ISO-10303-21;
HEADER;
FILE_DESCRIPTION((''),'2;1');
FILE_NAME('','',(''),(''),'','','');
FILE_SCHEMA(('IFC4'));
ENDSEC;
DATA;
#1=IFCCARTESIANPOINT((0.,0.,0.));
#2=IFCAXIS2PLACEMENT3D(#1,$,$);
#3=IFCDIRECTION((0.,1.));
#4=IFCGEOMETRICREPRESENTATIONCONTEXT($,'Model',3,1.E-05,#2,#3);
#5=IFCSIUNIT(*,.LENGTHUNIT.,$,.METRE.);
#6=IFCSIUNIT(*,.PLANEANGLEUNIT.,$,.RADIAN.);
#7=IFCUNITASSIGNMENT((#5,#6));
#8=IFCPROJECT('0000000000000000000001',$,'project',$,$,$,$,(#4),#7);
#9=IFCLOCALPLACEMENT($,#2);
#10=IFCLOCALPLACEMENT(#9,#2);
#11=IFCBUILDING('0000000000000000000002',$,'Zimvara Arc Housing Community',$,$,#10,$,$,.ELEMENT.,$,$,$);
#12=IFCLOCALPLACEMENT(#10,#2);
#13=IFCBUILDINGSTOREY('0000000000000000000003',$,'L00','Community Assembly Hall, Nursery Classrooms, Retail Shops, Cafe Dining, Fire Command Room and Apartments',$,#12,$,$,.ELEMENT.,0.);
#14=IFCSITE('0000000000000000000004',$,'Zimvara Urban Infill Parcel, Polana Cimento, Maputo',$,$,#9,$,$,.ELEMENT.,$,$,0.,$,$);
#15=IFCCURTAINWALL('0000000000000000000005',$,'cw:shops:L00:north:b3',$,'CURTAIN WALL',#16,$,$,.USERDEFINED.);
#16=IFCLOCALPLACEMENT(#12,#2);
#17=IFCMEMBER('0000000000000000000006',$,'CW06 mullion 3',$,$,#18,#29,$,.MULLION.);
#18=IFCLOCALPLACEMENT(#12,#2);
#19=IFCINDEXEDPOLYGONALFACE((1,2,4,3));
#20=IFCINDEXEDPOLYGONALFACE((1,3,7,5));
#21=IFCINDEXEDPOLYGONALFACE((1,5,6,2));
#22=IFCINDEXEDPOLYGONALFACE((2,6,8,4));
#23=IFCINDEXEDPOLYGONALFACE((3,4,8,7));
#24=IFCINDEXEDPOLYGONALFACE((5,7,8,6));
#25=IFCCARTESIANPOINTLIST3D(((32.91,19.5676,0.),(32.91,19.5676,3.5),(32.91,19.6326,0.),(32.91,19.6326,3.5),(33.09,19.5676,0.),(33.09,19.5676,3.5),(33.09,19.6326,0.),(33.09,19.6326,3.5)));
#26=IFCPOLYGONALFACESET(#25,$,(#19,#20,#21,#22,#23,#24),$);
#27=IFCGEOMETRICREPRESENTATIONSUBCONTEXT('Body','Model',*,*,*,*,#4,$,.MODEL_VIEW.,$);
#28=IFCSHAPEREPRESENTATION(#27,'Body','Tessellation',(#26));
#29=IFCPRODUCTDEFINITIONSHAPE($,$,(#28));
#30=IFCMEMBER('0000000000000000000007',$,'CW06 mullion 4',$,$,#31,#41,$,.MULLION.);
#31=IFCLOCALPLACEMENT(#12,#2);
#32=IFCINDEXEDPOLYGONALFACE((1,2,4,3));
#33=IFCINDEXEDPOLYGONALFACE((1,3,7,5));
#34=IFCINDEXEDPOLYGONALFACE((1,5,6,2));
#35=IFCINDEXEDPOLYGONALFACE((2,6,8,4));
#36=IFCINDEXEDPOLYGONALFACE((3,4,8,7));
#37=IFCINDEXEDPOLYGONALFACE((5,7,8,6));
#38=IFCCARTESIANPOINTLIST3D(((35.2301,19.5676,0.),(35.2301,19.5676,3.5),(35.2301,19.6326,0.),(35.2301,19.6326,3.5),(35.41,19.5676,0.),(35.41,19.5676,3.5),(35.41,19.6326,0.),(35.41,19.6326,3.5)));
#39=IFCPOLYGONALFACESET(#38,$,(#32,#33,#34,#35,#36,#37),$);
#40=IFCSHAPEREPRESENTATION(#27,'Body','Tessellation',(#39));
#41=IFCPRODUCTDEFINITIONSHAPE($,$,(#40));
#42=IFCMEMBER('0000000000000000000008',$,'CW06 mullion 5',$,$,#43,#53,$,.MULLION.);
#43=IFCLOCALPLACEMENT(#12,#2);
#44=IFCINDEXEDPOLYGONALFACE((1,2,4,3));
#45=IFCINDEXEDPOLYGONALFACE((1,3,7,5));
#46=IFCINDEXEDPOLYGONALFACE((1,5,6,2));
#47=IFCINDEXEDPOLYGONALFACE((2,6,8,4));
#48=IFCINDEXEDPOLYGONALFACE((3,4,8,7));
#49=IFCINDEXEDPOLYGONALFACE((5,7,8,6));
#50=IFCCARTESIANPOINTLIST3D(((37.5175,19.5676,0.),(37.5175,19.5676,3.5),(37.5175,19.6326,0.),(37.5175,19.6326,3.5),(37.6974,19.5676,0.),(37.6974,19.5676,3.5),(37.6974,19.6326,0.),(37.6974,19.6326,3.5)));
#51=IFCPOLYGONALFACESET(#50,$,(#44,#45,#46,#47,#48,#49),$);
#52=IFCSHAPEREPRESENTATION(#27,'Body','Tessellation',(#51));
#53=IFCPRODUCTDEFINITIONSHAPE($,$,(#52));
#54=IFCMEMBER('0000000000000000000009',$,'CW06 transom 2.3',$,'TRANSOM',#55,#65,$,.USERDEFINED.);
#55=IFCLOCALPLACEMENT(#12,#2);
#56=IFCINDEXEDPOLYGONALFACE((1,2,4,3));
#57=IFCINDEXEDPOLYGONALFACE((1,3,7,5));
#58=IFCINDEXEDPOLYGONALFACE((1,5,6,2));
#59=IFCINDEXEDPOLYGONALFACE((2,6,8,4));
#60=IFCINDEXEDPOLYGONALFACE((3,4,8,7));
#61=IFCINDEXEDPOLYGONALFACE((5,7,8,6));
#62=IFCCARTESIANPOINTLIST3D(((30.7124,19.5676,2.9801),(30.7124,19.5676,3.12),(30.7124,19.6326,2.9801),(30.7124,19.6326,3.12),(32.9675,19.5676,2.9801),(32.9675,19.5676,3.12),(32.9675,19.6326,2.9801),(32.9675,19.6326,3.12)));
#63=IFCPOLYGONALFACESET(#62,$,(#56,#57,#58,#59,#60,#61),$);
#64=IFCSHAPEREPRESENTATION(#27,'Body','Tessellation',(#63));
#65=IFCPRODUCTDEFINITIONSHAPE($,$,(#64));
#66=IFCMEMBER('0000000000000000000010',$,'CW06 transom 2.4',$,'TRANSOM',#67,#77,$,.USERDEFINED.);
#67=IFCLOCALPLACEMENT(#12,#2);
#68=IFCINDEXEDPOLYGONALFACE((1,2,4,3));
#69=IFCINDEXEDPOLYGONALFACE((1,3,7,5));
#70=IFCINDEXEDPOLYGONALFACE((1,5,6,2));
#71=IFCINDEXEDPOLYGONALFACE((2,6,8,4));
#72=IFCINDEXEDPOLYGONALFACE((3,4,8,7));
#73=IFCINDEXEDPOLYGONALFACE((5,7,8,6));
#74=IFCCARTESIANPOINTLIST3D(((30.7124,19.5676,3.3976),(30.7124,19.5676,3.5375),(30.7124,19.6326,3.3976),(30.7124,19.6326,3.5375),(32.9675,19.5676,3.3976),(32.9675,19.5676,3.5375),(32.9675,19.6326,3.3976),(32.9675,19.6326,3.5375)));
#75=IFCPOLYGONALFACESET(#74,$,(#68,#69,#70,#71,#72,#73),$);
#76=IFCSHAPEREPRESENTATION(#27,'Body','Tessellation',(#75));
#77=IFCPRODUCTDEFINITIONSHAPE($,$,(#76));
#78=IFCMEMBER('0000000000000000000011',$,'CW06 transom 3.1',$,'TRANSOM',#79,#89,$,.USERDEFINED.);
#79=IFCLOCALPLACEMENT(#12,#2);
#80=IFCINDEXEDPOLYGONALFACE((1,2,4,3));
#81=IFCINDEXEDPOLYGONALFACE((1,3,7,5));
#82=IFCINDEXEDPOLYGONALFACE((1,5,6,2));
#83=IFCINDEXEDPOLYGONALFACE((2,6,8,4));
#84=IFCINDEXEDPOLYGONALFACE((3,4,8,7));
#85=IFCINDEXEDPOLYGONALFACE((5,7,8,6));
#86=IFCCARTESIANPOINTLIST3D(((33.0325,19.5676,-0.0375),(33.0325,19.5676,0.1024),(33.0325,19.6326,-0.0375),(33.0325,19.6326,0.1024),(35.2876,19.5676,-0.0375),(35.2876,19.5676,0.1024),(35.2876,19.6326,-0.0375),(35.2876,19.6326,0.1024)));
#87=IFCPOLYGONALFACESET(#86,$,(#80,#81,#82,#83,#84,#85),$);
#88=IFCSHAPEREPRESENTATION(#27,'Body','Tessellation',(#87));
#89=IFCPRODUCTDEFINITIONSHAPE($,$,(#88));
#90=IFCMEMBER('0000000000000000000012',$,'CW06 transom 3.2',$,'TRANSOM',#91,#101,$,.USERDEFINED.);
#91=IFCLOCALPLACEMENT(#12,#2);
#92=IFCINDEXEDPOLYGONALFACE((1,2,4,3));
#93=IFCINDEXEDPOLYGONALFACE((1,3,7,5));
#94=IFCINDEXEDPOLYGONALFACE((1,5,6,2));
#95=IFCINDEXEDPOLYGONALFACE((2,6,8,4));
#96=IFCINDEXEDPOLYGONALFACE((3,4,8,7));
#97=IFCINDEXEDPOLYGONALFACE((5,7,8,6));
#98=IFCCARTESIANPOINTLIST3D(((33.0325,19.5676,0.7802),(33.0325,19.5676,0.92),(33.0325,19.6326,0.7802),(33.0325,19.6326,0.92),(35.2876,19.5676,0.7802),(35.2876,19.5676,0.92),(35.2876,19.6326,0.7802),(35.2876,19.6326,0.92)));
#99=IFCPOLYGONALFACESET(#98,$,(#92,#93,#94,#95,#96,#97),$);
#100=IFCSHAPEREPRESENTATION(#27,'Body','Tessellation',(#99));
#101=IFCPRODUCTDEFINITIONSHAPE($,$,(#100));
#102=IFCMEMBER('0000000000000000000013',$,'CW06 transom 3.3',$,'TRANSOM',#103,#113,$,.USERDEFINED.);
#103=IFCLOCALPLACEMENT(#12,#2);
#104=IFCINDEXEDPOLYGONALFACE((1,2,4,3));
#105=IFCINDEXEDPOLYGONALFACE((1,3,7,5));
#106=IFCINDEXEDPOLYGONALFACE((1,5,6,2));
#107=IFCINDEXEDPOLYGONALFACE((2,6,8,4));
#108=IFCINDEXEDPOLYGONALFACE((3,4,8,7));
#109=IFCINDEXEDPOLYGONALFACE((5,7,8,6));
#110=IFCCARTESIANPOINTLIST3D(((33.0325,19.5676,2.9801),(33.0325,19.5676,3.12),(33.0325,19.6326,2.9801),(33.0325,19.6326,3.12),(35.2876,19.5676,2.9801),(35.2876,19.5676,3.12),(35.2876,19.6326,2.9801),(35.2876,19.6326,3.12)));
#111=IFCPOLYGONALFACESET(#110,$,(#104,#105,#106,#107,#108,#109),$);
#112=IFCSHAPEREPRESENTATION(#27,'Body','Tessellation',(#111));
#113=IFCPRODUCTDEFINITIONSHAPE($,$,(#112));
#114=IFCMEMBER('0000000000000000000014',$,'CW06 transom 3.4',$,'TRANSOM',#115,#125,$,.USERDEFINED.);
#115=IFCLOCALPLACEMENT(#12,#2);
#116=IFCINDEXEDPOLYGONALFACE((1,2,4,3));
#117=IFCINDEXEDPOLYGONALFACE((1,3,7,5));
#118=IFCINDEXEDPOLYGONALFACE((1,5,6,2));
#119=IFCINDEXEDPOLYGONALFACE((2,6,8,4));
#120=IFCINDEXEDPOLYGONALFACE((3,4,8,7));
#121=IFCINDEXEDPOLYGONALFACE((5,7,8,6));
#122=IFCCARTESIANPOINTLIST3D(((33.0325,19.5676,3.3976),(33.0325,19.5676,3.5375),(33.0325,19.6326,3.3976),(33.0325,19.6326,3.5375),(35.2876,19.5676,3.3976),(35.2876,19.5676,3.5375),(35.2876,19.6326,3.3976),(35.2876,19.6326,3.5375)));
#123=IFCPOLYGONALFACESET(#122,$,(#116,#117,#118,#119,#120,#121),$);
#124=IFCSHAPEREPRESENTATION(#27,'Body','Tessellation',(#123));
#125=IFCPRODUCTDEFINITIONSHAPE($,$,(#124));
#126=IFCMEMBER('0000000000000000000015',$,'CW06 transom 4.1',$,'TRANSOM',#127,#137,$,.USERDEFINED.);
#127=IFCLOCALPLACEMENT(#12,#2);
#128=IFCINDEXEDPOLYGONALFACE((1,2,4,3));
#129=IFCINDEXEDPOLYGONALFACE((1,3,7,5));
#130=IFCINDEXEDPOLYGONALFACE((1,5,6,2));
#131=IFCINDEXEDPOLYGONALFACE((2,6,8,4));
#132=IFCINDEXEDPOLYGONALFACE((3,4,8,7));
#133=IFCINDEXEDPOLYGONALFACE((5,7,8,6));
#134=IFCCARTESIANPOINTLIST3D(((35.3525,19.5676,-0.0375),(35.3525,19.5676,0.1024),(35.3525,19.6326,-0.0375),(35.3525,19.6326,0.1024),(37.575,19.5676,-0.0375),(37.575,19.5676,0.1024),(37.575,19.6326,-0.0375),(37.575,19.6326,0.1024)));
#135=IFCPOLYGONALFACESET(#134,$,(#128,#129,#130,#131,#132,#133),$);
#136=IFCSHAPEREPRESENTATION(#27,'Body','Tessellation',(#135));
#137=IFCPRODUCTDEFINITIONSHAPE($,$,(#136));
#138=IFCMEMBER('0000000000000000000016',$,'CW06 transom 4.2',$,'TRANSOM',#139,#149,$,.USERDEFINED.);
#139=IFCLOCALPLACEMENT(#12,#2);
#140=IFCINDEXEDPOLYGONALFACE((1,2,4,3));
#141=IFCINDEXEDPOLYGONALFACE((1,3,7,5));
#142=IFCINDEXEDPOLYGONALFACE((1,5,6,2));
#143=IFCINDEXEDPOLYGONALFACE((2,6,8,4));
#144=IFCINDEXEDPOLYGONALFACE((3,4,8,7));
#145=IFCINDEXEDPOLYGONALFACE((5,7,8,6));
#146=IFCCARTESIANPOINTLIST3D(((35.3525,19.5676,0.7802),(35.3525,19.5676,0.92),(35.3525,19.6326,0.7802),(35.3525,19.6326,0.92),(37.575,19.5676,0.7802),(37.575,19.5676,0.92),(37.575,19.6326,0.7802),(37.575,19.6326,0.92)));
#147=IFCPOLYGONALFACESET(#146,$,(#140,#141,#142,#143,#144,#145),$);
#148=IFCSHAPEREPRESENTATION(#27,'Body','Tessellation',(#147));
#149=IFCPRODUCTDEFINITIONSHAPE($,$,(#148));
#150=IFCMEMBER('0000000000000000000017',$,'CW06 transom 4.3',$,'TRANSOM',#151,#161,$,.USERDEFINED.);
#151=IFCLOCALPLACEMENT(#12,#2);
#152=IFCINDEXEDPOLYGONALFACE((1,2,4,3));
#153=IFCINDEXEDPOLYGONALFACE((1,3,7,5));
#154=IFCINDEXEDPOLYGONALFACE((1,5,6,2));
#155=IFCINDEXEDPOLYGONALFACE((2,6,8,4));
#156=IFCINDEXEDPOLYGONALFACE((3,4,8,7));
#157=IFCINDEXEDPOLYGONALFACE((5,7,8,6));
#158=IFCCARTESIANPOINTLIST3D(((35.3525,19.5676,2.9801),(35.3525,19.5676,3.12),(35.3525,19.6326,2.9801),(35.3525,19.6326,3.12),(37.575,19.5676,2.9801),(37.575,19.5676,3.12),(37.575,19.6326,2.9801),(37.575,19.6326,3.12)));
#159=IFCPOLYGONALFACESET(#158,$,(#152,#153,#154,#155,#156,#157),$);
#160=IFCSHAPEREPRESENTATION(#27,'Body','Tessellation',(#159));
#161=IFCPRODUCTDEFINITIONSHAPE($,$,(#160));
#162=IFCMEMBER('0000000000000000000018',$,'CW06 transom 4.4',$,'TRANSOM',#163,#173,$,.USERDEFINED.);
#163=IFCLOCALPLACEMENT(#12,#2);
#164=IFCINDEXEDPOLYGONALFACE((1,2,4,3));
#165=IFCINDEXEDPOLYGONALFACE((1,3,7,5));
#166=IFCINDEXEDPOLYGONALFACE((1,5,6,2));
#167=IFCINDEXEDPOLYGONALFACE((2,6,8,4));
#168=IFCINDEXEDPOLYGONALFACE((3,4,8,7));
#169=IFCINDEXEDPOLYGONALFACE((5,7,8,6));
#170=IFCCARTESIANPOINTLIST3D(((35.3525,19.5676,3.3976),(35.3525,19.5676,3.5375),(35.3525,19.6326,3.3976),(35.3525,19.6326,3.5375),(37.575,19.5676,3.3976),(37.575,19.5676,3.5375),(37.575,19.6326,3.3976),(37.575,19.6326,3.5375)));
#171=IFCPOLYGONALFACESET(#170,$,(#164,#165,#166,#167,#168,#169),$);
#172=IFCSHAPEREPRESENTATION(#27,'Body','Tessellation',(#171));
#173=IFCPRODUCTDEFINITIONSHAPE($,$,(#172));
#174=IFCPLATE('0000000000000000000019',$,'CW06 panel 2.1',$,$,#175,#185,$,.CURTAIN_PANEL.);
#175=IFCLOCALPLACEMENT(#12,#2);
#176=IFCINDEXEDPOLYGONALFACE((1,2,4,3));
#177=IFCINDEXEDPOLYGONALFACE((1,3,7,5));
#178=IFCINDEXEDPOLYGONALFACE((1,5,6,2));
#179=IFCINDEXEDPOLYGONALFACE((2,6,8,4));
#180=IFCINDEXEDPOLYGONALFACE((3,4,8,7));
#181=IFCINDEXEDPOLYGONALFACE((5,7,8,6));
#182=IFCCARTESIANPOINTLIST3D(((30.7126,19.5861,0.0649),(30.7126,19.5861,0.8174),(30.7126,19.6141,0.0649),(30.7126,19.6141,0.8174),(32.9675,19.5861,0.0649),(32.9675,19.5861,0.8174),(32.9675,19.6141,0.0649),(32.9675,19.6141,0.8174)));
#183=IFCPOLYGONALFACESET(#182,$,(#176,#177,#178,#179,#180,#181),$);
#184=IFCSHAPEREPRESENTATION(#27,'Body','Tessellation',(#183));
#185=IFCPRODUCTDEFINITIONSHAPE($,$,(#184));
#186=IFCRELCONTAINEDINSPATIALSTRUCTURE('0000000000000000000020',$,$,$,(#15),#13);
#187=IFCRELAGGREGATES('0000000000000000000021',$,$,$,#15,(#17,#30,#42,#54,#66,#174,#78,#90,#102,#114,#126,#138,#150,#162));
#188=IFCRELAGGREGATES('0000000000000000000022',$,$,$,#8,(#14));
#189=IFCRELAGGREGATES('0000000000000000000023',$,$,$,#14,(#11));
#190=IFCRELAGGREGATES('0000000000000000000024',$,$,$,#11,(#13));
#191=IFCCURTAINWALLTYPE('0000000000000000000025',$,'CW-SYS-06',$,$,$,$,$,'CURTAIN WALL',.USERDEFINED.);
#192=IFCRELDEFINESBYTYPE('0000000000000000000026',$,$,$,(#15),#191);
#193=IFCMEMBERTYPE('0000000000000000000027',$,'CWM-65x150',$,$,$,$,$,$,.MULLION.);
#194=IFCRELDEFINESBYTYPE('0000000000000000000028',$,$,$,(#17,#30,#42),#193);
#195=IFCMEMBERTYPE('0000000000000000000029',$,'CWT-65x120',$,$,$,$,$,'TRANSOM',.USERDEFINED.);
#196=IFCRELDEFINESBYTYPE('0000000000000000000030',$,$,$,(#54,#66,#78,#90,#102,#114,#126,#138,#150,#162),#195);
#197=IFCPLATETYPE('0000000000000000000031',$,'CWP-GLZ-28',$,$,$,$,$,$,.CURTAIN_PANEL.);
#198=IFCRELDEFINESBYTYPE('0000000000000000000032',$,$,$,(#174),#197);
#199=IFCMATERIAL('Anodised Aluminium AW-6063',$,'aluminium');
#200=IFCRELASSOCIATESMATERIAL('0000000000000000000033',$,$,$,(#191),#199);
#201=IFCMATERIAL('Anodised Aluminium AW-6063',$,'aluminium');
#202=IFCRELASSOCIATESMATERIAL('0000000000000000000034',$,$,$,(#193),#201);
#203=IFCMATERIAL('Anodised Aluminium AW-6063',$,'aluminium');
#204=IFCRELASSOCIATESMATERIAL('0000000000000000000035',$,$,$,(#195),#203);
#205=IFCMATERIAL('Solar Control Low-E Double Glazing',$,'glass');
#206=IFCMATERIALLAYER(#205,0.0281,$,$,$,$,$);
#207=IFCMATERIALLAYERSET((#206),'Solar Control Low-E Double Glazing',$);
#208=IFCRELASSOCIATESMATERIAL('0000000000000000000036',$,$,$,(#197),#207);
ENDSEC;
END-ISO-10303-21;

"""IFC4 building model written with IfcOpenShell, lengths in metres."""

from ifc_helpers import new_model, si_unit, direction, frame, origin, origin_2d, place, context, subcontext, project, spatial, rectangle, extrude, material, layer, layer_set, material_profile, profile_set, type_object, element, aggregate, save


model = new_model("IFC4")

# Units and contexts
model_context = context("Model", 3, precision=1e-05, world=origin(), true_north=direction((0.0, 1.0)))
body_context = subcontext(model_context, "Body", "Model", "MODEL_VIEW")
ifc_project = project(units=[si_unit("LENGTHUNIT", "METRE"), si_unit("PLANEANGLEUNIT", "RADIAN")], contexts=[model_context])

# Site, building, storey
site_placement = place(None, origin())
site = spatial("IfcSite", under=ifc_project, at=site_placement, Name="Zimvara Urban Infill Parcel, Polana Cimento, Maputo", CompositionType="ELEMENT", RefElevation=0.0)
building_placement = place(site_placement, origin())
building = spatial("IfcBuilding", under=site, at=building_placement, Name="Zimvara Arc Housing Community", CompositionType="ELEMENT")
storey_placement = place(building_placement, origin())
storey = spatial("IfcBuildingStorey", under=building, at=storey_placement, Name="L00", Description="Community Assembly Hall, Nursery Classrooms, Retail Shops, Cafe Dining, Fire Command Room and Apartments", CompositionType="ELEMENT", Elevation=0.0)

# Curtain wall, members, plate
ifc_material_1 = material(Name="Anodised Aluminium AW-6063", Category="aluminium")
curtain_wall_type = type_object("IfcCurtainWallType", Name="CW-SYS-06", ElementType="CURTAIN WALL", PredefinedType="USERDEFINED", material=ifc_material_1)
curtain_wall_placement = place(storey_placement, origin())
curtain_wall = element("IfcCurtainWall", 1, at=curtain_wall_placement, inside=storey, type_object=curtain_wall_type, Name="cw:shops:L00:north:b3", ObjectType="CURTAIN WALL", PredefinedType="USERDEFINED")
ifc_material_2 = material(Name="Anodised Aluminium AW-6063", Category="aluminium")
ifc_material_profile_1 = material_profile(ifc_material_2, rectangle(XDim=0.0649, YDim=0.1799, at=origin_2d()), Name="ALU 65x180")
ifc_profile_set_1 = profile_set([ifc_material_profile_1], Name="Anodised Aluminium AW-6063")
member_type_1 = type_object("IfcMemberType", Name="CWM-65x150", PredefinedType="MULLION", material=ifc_profile_set_1)
member_1_placement = place(storey_placement, frame((33.0, 19.6001, 0.0), z_axis=(0.0, 0.0, 1.0), x_axis=(0.0, 1.0, 0.0)))
member_1 = element("IfcMember", 2, at=member_1_placement, type_object=member_type_1, Name="CW06 mullion 3", PredefinedType="MULLION", context=body_context, shape_type="SweptSolid", body=[
    extrude(rectangle(XDim=0.0649, YDim=0.1799, at=origin_2d()), origin(), (0.0, 0.0, 1.0), 3.5),
])
member_2_placement = place(storey_placement, frame((35.3201, 19.6001, 0.0), z_axis=(0.0, 0.0, 1.0), x_axis=(0.0, 1.0, 0.0)))
member_2 = element("IfcMember", 3, at=member_2_placement, type_object=member_type_1, Name="CW06 mullion 4", PredefinedType="MULLION", context=body_context, shape_type="SweptSolid", body=[
    extrude(rectangle(XDim=0.0649, YDim=0.1799, at=origin_2d()), origin(), (0.0, 0.0, 1.0), 3.5),
])
member_3_placement = place(storey_placement, frame((37.6074, 19.6001, 0.0), z_axis=(0.0, 0.0, 1.0), x_axis=(0.0, 1.0, 0.0)))
member_3 = element("IfcMember", 4, at=member_3_placement, type_object=member_type_1, Name="CW06 mullion 5", PredefinedType="MULLION", context=body_context, shape_type="SweptSolid", body=[
    extrude(rectangle(XDim=0.0649, YDim=0.1799, at=origin_2d()), origin(), (0.0, 0.0, 1.0), 3.5),
])
ifc_material_3 = material(Name="Anodised Aluminium AW-6063", Category="aluminium")
ifc_material_profile_2 = material_profile(ifc_material_3, rectangle(XDim=0.0649, YDim=0.1399, at=origin_2d()), Name="ALU 65x140")
ifc_profile_set_2 = profile_set([ifc_material_profile_2], Name="Anodised Aluminium AW-6063")
member_type_2 = type_object("IfcMemberType", Name="CWT-65x120", ElementType="TRANSOM", PredefinedType="USERDEFINED", material=ifc_profile_set_2)
member_4_placement = place(storey_placement, frame((30.7124, 19.6001, 3.05), z_axis=(1.0, 0.0, 0.0), x_axis=(0.0, 1.0, 0.0)))
member_4 = element("IfcMember", 5, at=member_4_placement, type_object=member_type_2, Name="CW06 transom 2.3", ObjectType="TRANSOM", PredefinedType="USERDEFINED", context=body_context, shape_type="SweptSolid", body=[
    extrude(rectangle(XDim=0.0649, YDim=0.1399, at=origin_2d()), origin(), (0.0, 0.0, 1.0), 2.2551),
])
member_5_placement = place(storey_placement, frame((30.7124, 19.6001, 3.4675), z_axis=(1.0, 0.0, 0.0), x_axis=(0.0, 1.0, 0.0)))
member_5 = element("IfcMember", 6, at=member_5_placement, type_object=member_type_2, Name="CW06 transom 2.4", ObjectType="TRANSOM", PredefinedType="USERDEFINED", context=body_context, shape_type="SweptSolid", body=[
    extrude(rectangle(XDim=0.0649, YDim=0.1399, at=origin_2d()), origin(), (0.0, 0.0, 1.0), 2.2551),
])
member_6_placement = place(storey_placement, frame((33.0325, 19.6001, 0.0325), z_axis=(1.0, 0.0, 0.0), x_axis=(0.0, 1.0, 0.0)))
member_6 = element("IfcMember", 7, at=member_6_placement, type_object=member_type_2, Name="CW06 transom 3.1", ObjectType="TRANSOM", PredefinedType="USERDEFINED", context=body_context, shape_type="SweptSolid", body=[
    extrude(rectangle(XDim=0.0649, YDim=0.1399, at=origin_2d()), origin(), (0.0, 0.0, 1.0), 2.2551),
])
member_7_placement = place(storey_placement, frame((33.0325, 19.6001, 0.8501), z_axis=(1.0, 0.0, 0.0), x_axis=(0.0, 1.0, 0.0)))
member_7 = element("IfcMember", 8, at=member_7_placement, type_object=member_type_2, Name="CW06 transom 3.2", ObjectType="TRANSOM", PredefinedType="USERDEFINED", context=body_context, shape_type="SweptSolid", body=[
    extrude(rectangle(XDim=0.0649, YDim=0.1399, at=origin_2d()), origin(), (0.0, 0.0, 1.0), 2.2551),
])
member_8_placement = place(storey_placement, frame((33.0325, 19.6001, 3.05), z_axis=(1.0, 0.0, 0.0), x_axis=(0.0, 1.0, 0.0)))
member_8 = element("IfcMember", 9, at=member_8_placement, type_object=member_type_2, Name="CW06 transom 3.3", ObjectType="TRANSOM", PredefinedType="USERDEFINED", context=body_context, shape_type="SweptSolid", body=[
    extrude(rectangle(XDim=0.0649, YDim=0.1399, at=origin_2d()), origin(), (0.0, 0.0, 1.0), 2.2551),
])
member_9_placement = place(storey_placement, frame((33.0325, 19.6001, 3.4675), z_axis=(1.0, 0.0, 0.0), x_axis=(0.0, 1.0, 0.0)))
member_9 = element("IfcMember", 10, at=member_9_placement, type_object=member_type_2, Name="CW06 transom 3.4", ObjectType="TRANSOM", PredefinedType="USERDEFINED", context=body_context, shape_type="SweptSolid", body=[
    extrude(rectangle(XDim=0.0649, YDim=0.1399, at=origin_2d()), origin(), (0.0, 0.0, 1.0), 2.2551),
])
member_10_placement = place(storey_placement, frame((35.3525, 19.6001, 0.0325), z_axis=(1.0, 0.0, 0.0), x_axis=(0.0, 1.0, 0.0)))
member_10 = element("IfcMember", 11, at=member_10_placement, type_object=member_type_2, Name="CW06 transom 4.1", ObjectType="TRANSOM", PredefinedType="USERDEFINED", context=body_context, shape_type="SweptSolid", body=[
    extrude(rectangle(XDim=0.0649, YDim=0.1399, at=origin_2d()), origin(), (0.0, 0.0, 1.0), 2.2224),
])
member_11_placement = place(storey_placement, frame((35.3525, 19.6001, 0.8501), z_axis=(1.0, 0.0, 0.0), x_axis=(0.0, 1.0, 0.0)))
member_11 = element("IfcMember", 12, at=member_11_placement, type_object=member_type_2, Name="CW06 transom 4.2", ObjectType="TRANSOM", PredefinedType="USERDEFINED", context=body_context, shape_type="SweptSolid", body=[
    extrude(rectangle(XDim=0.0649, YDim=0.1399, at=origin_2d()), origin(), (0.0, 0.0, 1.0), 2.2224),
])
member_12_placement = place(storey_placement, frame((35.3525, 19.6001, 3.05), z_axis=(1.0, 0.0, 0.0), x_axis=(0.0, 1.0, 0.0)))
member_12 = element("IfcMember", 13, at=member_12_placement, type_object=member_type_2, Name="CW06 transom 4.3", ObjectType="TRANSOM", PredefinedType="USERDEFINED", context=body_context, shape_type="SweptSolid", body=[
    extrude(rectangle(XDim=0.0649, YDim=0.1399, at=origin_2d()), origin(), (0.0, 0.0, 1.0), 2.2224),
])
member_13_placement = place(storey_placement, frame((35.3525, 19.6001, 3.4675), z_axis=(1.0, 0.0, 0.0), x_axis=(0.0, 1.0, 0.0)))
member_13 = element("IfcMember", 14, at=member_13_placement, type_object=member_type_2, Name="CW06 transom 4.4", ObjectType="TRANSOM", PredefinedType="USERDEFINED", context=body_context, shape_type="SweptSolid", body=[
    extrude(rectangle(XDim=0.0649, YDim=0.1399, at=origin_2d()), origin(), (0.0, 0.0, 1.0), 2.2224),
])
ifc_material_4 = material(Name="Solar Control Low-E Double Glazing", Category="glass")
ifc_layer_1 = layer(ifc_material_4, 0.0281)
ifc_layer_set_1 = layer_set([ifc_layer_1], Name="Solar Control Low-E Double Glazing")
plate_type = type_object("IfcPlateType", Name="CWP-GLZ-28", PredefinedType="CURTAIN_PANEL", material=ifc_layer_set_1)
plate_1_placement = place(storey_placement, frame((31.8401, 19.6001, 0.0649), z_axis=(0.0, 0.0, 1.0), x_axis=(1.0, 0.0, 0.0)))
plate_1 = element("IfcPlate", 15, at=plate_1_placement, type_object=plate_type, Name="CW06 panel 2.1", PredefinedType="CURTAIN_PANEL", context=body_context, shape_type="SweptSolid", body=[
    extrude(rectangle(XDim=2.2549, YDim=0.0281, at=origin_2d()), origin(), (0.0, 0.0, 1.0), 0.7524),
])
aggregate(curtain_wall, [member_1, member_2, member_3, member_4, member_5, plate_1, member_6, member_7, member_8, member_9, member_10, member_11, member_12, member_13])

save(model, "model.ifc")
